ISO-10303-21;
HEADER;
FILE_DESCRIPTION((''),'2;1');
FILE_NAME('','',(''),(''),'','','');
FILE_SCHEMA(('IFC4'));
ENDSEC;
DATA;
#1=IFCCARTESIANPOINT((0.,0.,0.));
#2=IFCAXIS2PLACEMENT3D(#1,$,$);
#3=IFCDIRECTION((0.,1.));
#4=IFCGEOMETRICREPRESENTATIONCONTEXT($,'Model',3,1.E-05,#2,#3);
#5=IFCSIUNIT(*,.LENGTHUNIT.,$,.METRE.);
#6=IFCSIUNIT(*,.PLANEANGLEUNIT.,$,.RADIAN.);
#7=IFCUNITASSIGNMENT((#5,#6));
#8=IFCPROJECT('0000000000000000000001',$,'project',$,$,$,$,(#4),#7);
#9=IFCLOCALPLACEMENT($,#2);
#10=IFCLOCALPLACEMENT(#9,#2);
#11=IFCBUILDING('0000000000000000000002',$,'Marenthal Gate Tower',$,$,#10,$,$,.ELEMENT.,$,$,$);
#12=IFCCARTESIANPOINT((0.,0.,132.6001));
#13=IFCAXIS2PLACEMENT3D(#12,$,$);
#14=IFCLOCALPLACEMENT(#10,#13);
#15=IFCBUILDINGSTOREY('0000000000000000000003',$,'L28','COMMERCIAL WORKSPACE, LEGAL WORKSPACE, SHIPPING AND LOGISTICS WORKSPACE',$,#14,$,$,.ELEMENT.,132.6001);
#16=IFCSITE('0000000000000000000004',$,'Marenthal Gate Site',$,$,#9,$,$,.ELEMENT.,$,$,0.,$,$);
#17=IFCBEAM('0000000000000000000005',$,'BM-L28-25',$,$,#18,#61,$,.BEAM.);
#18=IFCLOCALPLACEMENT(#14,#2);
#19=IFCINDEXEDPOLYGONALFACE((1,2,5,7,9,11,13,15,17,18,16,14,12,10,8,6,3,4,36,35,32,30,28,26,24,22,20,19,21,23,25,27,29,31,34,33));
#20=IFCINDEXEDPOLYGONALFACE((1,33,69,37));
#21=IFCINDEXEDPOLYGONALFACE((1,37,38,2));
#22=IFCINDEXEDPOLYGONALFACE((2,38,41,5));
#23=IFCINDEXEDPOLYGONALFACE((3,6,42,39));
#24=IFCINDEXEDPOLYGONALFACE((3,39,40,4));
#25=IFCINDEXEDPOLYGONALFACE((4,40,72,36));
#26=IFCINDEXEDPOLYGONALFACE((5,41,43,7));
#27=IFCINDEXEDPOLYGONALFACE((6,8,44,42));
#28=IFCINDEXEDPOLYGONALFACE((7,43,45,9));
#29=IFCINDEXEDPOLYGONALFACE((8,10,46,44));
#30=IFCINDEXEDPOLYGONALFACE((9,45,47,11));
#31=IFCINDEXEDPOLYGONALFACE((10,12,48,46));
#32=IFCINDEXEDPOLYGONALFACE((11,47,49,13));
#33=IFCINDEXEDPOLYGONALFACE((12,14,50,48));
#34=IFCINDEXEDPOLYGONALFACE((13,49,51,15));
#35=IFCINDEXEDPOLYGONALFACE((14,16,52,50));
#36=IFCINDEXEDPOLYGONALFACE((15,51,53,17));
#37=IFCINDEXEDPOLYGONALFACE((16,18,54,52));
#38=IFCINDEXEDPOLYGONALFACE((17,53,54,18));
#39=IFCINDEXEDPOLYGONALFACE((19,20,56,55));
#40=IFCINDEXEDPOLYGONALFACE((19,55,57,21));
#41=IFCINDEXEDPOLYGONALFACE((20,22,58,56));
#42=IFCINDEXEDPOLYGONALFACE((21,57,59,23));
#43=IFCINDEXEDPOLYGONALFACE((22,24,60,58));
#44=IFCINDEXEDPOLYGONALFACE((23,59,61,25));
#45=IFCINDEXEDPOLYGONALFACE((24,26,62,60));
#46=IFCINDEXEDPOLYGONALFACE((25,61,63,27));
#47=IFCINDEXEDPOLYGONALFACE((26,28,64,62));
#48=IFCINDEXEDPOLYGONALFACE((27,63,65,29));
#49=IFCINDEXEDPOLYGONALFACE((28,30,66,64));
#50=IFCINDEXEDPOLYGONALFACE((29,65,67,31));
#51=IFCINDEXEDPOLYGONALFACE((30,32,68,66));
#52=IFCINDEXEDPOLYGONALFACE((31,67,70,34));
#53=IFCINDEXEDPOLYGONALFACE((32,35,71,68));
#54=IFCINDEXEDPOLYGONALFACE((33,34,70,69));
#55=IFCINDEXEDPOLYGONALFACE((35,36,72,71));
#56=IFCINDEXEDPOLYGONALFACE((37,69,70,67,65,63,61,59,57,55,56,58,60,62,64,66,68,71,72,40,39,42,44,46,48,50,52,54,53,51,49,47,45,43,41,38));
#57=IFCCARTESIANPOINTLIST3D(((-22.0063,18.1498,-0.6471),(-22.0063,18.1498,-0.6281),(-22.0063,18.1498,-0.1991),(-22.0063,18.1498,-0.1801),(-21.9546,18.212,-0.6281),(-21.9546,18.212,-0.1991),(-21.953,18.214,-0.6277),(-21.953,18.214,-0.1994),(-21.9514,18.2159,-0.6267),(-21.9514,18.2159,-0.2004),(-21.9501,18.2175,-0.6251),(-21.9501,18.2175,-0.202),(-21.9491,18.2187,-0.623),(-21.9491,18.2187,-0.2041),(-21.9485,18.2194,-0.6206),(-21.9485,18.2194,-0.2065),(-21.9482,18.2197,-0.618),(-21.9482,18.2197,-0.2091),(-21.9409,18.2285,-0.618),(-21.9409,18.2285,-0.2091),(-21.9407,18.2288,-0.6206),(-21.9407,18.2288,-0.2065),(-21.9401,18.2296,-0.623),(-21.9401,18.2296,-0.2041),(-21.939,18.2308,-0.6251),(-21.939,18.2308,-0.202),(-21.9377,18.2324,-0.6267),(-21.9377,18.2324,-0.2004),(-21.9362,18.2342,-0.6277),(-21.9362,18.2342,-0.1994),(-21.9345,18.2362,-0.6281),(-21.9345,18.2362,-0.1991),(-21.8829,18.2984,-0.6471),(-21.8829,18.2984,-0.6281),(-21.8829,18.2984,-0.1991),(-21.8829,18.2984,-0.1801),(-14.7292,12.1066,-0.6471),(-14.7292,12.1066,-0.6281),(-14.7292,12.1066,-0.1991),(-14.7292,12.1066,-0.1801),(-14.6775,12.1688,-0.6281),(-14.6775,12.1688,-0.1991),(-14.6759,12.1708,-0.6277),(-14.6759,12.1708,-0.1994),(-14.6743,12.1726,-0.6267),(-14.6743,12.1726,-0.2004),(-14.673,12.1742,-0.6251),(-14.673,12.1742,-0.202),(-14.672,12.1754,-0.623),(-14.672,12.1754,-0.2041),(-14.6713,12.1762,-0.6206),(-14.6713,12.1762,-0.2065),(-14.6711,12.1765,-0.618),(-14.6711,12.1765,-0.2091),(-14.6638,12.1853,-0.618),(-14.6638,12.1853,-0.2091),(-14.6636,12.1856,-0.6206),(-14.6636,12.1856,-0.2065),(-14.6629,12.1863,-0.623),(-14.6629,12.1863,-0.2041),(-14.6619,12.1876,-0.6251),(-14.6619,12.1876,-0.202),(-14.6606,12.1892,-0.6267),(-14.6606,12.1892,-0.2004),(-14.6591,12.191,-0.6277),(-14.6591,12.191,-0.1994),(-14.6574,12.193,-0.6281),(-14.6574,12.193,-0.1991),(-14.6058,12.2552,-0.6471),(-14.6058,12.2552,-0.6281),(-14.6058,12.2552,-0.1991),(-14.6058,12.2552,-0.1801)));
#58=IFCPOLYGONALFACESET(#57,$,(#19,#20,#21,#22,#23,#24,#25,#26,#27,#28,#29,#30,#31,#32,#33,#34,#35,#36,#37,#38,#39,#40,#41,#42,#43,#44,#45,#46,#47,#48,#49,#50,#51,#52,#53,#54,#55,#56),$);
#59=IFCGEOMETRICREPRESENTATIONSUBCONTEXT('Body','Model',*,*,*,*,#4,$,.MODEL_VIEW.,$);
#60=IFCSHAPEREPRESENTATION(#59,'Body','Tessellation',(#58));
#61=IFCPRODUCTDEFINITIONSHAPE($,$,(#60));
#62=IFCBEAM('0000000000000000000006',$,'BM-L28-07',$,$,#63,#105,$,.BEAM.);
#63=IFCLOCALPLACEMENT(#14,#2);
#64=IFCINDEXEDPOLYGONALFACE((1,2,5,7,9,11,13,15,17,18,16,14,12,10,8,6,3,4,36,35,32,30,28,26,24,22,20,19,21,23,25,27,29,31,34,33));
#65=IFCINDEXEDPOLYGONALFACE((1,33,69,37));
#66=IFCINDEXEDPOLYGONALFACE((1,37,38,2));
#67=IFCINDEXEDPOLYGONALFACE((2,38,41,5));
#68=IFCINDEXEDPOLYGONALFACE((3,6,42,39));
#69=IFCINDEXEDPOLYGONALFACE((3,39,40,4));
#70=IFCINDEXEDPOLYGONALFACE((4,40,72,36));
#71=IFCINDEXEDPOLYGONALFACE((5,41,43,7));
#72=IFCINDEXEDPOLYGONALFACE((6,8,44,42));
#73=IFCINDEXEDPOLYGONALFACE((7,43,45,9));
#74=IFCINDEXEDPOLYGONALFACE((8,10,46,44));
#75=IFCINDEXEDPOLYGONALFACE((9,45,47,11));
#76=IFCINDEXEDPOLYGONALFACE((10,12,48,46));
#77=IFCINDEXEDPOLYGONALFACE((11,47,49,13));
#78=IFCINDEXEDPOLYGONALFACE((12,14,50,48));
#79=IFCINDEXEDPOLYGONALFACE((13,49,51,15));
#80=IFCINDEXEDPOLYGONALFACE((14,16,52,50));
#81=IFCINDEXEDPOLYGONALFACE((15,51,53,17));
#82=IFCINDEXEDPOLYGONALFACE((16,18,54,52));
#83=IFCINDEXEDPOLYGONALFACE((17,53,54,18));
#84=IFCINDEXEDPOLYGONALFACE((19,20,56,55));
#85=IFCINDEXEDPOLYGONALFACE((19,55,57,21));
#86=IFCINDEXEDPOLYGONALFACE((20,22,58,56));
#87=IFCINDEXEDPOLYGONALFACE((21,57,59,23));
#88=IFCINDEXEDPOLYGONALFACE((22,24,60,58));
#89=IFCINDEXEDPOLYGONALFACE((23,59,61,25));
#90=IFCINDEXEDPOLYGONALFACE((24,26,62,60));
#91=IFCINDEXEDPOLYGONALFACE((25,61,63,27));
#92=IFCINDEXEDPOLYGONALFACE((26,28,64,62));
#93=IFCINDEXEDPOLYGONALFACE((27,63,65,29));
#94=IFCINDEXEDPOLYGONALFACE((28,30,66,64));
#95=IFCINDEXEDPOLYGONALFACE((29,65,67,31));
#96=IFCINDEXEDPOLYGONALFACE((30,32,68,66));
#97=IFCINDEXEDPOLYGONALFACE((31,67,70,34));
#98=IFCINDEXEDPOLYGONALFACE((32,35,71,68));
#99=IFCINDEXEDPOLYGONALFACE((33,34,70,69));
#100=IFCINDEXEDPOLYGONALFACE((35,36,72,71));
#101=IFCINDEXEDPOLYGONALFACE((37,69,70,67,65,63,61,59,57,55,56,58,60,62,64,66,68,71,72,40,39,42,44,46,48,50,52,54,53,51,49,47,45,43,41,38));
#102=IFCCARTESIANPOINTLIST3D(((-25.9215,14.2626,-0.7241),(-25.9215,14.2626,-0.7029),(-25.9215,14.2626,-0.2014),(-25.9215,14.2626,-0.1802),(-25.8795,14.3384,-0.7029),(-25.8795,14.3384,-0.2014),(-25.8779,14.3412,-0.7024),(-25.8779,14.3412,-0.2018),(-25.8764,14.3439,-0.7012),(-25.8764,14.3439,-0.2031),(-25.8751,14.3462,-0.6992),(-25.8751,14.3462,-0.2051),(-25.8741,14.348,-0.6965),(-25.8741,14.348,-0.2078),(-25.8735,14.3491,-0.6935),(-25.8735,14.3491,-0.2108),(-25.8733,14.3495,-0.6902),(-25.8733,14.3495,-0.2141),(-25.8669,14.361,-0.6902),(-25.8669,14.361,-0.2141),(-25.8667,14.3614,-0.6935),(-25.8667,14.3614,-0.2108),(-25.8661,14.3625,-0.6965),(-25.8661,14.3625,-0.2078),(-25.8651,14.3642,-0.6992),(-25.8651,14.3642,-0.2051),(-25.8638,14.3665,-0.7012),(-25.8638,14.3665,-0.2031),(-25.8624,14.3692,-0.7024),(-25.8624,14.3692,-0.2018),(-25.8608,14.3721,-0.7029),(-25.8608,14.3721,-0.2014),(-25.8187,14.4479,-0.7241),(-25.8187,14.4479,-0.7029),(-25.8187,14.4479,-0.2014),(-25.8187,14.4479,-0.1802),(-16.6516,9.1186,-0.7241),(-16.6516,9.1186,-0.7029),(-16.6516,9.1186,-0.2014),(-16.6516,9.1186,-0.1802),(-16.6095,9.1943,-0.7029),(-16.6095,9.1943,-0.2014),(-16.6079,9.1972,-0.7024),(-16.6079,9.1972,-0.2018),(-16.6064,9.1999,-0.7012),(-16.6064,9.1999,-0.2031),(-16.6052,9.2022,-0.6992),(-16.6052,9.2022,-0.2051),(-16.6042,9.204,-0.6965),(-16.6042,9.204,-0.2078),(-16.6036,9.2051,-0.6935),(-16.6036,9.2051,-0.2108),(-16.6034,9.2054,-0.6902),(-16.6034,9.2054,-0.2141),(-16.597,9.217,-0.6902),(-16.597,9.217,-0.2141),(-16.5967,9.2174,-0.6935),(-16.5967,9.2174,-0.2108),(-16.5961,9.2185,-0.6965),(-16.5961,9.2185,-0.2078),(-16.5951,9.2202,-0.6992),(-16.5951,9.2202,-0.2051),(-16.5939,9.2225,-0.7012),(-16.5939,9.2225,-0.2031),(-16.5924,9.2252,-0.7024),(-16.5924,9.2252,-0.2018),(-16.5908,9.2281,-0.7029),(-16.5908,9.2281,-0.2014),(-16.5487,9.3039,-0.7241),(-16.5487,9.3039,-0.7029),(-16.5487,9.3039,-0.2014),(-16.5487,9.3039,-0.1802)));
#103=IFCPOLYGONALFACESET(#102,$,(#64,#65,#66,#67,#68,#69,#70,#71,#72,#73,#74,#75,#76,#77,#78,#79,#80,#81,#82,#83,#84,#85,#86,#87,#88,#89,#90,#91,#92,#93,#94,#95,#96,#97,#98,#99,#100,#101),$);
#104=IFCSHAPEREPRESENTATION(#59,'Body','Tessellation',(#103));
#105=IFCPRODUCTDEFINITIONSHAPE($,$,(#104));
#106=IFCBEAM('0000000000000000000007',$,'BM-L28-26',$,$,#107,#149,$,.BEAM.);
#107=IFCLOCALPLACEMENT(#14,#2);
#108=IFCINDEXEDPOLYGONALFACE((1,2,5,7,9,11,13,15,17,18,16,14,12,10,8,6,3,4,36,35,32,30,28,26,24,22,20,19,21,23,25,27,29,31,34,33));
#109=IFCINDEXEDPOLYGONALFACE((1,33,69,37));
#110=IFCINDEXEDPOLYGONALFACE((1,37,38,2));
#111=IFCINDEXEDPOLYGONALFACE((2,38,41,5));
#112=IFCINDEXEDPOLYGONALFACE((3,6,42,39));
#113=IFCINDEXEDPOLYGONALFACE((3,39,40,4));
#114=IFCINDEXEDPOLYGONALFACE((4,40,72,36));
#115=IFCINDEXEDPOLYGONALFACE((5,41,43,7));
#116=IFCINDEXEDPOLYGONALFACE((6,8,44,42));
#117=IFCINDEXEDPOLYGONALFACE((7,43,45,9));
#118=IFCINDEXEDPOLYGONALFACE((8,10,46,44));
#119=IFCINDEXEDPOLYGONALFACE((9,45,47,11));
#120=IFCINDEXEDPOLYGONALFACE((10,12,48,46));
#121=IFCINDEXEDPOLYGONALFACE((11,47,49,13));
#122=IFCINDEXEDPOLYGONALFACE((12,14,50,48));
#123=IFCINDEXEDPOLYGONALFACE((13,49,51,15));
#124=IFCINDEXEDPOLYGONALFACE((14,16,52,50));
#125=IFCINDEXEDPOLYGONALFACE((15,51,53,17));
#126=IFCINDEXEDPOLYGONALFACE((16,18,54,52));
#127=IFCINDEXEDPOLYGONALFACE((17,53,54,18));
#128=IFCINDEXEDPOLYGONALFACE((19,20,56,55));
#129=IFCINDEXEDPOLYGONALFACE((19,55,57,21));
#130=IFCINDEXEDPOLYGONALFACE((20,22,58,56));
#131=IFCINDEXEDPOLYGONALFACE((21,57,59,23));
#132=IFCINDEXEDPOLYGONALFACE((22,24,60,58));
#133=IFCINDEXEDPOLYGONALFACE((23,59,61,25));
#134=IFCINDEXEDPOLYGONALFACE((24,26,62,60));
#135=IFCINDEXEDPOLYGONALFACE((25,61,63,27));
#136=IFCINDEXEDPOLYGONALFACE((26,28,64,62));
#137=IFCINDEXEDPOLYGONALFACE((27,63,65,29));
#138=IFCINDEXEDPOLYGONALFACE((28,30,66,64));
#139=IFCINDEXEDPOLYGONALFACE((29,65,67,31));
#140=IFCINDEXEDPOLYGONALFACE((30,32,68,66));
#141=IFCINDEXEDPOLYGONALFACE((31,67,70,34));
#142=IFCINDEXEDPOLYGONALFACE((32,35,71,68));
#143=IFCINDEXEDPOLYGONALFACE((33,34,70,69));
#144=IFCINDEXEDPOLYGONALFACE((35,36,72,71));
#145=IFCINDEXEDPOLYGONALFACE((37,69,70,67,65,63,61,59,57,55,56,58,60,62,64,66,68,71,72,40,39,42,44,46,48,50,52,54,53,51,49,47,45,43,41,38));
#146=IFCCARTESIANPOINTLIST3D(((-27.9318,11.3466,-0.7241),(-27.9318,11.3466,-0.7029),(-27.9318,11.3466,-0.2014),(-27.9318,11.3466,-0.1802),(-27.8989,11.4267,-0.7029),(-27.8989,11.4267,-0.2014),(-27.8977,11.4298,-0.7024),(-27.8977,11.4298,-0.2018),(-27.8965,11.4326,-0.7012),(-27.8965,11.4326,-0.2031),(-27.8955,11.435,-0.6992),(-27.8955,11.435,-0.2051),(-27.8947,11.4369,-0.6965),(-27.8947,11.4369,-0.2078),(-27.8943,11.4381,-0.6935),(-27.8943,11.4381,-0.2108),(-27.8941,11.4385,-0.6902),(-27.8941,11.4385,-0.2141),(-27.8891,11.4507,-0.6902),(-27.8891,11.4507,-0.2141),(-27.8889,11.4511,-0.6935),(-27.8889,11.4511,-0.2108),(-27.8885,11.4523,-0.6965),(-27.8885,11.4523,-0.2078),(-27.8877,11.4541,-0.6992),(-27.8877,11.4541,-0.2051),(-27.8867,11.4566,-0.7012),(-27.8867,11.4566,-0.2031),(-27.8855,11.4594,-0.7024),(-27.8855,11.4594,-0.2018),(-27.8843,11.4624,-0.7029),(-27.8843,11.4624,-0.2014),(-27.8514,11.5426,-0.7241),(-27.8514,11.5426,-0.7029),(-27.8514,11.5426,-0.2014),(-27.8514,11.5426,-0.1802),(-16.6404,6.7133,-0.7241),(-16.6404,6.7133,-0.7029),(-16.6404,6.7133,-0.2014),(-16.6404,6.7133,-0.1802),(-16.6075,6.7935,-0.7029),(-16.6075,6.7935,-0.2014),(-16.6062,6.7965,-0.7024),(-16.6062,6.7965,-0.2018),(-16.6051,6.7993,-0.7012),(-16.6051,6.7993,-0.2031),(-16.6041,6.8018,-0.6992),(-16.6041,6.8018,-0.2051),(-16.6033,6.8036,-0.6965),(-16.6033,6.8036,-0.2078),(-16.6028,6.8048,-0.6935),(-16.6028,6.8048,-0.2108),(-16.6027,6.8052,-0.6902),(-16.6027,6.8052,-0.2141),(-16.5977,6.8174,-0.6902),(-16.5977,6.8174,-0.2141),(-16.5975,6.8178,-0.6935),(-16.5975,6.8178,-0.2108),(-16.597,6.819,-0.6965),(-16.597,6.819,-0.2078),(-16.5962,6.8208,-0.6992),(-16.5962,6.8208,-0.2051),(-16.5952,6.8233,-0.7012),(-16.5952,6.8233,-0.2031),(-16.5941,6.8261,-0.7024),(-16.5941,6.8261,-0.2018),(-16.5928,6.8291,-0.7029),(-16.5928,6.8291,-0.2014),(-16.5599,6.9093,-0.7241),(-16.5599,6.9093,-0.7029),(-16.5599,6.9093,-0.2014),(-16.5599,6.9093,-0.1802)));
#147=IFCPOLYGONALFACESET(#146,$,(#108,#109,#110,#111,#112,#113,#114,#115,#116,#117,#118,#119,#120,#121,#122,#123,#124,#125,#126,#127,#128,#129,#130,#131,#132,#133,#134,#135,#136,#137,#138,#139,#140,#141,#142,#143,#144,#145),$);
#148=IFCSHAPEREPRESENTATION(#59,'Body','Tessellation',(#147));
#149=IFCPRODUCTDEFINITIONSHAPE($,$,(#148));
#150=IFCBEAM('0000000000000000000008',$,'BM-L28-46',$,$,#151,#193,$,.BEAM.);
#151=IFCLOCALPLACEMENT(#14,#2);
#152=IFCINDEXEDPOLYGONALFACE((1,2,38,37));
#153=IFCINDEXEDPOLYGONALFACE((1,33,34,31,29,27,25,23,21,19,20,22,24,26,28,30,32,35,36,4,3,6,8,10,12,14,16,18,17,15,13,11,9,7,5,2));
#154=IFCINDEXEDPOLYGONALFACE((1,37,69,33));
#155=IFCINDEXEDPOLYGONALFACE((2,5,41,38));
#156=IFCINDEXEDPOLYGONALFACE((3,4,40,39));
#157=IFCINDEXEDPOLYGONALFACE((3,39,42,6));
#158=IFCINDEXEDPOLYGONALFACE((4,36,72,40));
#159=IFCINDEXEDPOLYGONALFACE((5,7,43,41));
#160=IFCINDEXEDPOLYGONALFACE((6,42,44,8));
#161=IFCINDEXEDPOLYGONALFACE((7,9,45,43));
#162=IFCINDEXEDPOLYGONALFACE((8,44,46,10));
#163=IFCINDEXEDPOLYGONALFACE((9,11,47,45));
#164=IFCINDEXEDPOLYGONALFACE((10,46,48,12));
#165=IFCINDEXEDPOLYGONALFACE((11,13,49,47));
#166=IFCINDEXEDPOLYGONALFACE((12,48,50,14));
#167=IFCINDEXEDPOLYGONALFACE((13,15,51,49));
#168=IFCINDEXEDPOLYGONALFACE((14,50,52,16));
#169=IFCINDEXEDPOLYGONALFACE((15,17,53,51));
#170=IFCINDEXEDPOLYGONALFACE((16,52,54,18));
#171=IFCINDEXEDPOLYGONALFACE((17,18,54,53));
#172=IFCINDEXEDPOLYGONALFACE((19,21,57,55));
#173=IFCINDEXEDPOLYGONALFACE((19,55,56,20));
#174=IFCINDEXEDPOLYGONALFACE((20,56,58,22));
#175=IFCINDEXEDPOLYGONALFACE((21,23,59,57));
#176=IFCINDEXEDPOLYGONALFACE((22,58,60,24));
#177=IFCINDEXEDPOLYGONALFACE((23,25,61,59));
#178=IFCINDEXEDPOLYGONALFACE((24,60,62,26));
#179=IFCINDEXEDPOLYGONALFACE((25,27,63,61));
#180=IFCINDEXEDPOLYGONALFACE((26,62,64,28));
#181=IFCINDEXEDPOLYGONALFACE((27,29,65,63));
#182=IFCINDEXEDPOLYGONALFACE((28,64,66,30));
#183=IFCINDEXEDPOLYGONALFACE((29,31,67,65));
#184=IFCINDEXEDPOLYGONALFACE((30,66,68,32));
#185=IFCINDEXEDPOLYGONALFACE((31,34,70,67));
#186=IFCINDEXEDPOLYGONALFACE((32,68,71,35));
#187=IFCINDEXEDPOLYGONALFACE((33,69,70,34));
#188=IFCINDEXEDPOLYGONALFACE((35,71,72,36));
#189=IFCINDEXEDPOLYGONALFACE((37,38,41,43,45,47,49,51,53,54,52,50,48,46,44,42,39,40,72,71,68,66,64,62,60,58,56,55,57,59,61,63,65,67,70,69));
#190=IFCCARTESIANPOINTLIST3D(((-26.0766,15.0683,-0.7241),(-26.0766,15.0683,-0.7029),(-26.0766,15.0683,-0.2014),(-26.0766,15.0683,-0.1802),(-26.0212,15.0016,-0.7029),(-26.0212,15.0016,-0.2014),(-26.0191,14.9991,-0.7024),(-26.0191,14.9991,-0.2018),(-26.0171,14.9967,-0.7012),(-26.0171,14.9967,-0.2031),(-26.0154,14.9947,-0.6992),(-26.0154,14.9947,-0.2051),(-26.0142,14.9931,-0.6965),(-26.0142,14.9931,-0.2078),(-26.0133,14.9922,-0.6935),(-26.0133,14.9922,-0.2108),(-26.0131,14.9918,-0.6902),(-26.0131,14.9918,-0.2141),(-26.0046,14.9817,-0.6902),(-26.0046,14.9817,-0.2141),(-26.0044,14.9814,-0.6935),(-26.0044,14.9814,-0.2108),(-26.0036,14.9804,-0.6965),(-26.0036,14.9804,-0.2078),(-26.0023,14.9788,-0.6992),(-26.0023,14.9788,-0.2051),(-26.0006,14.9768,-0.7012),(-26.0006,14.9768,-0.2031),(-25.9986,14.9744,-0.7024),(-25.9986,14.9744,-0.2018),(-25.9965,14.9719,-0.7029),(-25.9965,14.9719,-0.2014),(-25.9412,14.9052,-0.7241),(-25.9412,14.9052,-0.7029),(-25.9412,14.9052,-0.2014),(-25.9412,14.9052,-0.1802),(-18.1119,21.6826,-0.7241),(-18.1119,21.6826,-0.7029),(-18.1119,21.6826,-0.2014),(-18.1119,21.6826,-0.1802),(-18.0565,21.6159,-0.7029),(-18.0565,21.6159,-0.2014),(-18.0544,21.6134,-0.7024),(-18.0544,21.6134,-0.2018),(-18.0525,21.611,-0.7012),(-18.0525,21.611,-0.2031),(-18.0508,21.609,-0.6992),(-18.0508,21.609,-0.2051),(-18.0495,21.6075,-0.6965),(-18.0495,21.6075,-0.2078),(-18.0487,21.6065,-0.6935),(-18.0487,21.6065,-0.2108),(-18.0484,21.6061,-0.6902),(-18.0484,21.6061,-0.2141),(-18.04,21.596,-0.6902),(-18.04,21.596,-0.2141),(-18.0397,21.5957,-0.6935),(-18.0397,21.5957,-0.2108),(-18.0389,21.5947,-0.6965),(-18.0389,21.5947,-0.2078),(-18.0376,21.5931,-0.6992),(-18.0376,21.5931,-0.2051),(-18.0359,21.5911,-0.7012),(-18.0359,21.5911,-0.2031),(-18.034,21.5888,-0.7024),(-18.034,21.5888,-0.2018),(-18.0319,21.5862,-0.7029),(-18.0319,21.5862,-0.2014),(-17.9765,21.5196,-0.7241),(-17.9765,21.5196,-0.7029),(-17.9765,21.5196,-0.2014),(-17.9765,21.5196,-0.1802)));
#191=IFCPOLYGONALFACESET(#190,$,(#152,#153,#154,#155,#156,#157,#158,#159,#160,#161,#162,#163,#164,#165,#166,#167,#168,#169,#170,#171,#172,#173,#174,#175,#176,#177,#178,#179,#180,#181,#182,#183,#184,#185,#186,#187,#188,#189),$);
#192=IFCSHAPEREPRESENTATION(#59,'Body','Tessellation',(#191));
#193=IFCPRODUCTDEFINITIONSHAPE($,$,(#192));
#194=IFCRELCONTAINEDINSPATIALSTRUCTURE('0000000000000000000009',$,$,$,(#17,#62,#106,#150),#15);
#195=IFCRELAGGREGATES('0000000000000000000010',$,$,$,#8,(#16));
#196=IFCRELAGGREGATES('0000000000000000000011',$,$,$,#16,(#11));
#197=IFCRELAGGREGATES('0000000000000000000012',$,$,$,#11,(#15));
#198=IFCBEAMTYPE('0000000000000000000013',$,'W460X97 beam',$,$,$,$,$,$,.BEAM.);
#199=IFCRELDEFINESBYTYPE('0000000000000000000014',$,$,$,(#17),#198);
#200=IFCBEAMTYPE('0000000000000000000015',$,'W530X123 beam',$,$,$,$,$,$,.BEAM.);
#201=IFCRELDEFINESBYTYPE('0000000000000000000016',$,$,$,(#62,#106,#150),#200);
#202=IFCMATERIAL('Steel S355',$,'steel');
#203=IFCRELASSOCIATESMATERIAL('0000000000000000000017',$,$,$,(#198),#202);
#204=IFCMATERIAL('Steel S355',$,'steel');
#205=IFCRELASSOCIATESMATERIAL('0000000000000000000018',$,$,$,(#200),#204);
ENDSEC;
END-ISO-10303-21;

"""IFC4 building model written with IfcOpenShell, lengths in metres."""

from ifc_helpers import new_model, si_unit, direction, frame, origin, origin_2d, place, context, subcontext, project, spatial, i_section, extrude, material, material_profile, profile_set, type_object, element, save


model = new_model("IFC4")

# Units and contexts
model_context = context("Model", 3, precision=1e-05, world=origin(), true_north=direction((0.0, 1.0)))
body_context = subcontext(model_context, "Body", "Model", "MODEL_VIEW")
ifc_project = project(units=[si_unit("LENGTHUNIT", "METRE"), si_unit("PLANEANGLEUNIT", "RADIAN")], contexts=[model_context])

# Site, building, storey
site_placement = place(None, origin())
site = spatial("IfcSite", under=ifc_project, at=site_placement, Name="Marenthal Gate Site", CompositionType="ELEMENT", RefElevation=0.0)
building_placement = place(site_placement, origin())
building = spatial("IfcBuilding", under=site, at=building_placement, Name="Marenthal Gate Tower", CompositionType="ELEMENT")
storey_placement = place(building_placement, frame((0.0, 0.0, 132.6001)))
storey = spatial("IfcBuildingStorey", under=building, at=storey_placement, Name="L28", Description="COMMERCIAL WORKSPACE, LEGAL WORKSPACE, SHIPPING AND LOGISTICS WORKSPACE", CompositionType="ELEMENT", Elevation=132.6001)

# Beams
ifc_material_1 = material(Name="Steel S355", Category="steel")
ifc_material_profile_1 = material_profile(ifc_material_1, i_section(OverallWidth=0.1931, OverallDepth=0.467, WebThickness=0.0115, FlangeThickness=0.019, FilletRadius=0.01, at=origin_2d()), Name="W460X97")
ifc_profile_set_1 = profile_set([ifc_material_profile_1], Name="Steel S355")
beam_type_1 = type_object("IfcBeamType", Name="W460X97 beam", PredefinedType="BEAM", material=ifc_profile_set_1)
beam_1_placement = place(storey_placement, frame((-21.9446, 18.2241, -0.4136), z_axis=(0.769314, -0.638871, 0.0), x_axis=(0.638871, 0.769314, 0.0)))
element("IfcBeam", 1, at=beam_1_placement, inside=storey, type_object=beam_type_1, Name="BM-L28-25", PredefinedType="BEAM", context=body_context, shape_type="SweptSolid", body=[
    extrude(i_section(OverallWidth=0.1931, OverallDepth=0.467, WebThickness=0.0115, FlangeThickness=0.019, FilletRadius=0.01, at=origin_2d()), origin(), (0.0, 0.0, 1.0), 9.4592),
])
ifc_material_2 = material(Name="Steel S355", Category="steel")
ifc_material_profile_2 = material_profile(ifc_material_2, i_section(OverallWidth=0.2119, OverallDepth=0.5439, WebThickness=0.0132, FlangeThickness=0.0212, FilletRadius=0.0127, at=origin_2d()), Name="W530X123")
ifc_profile_set_2 = profile_set([ifc_material_profile_2], Name="Steel S355")
beam_type_2 = type_object("IfcBeamType", Name="W530X123 beam", PredefinedType="BEAM", material=ifc_profile_set_2)
beam_2_placement = place(storey_placement, frame((-25.8701, 14.3552, -0.4521), z_axis=(0.874396, -0.485213, 0.0), x_axis=(0.485213, 0.874396, 0.0)))
element("IfcBeam", 2, at=beam_2_placement, inside=storey, type_object=beam_type_2, Name="BM-L28-07", PredefinedType="BEAM", context=body_context, shape_type="SweptSolid", body=[
    extrude(i_section(OverallWidth=0.2119, OverallDepth=0.5439, WebThickness=0.0132, FlangeThickness=0.0212, FilletRadius=0.0127, at=origin_2d()), origin(), (0.0, 0.0, 1.0), 10.6016),
])
beam_3_placement = place(storey_placement, frame((-27.8916, 11.4446, -0.4521), z_axis=(0.925143, -0.379619, 0.0), x_axis=(0.379619, 0.925143, 0.0)))
element("IfcBeam", 3, at=beam_3_placement, inside=storey, type_object=beam_type_2, Name="BM-L28-26", PredefinedType="BEAM", context=body_context, shape_type="SweptSolid", body=[
    extrude(i_section(OverallWidth=0.2119, OverallDepth=0.5439, WebThickness=0.0132, FlangeThickness=0.0212, FilletRadius=0.0127, at=origin_2d()), origin(), (0.0, 0.0, 1.0), 12.2051),
])
beam_4_placement = place(storey_placement, frame((-18.0442, 21.6011, -0.4521), z_axis=(-0.769308, -0.638878, 0.0), x_axis=(0.638878, -0.769308, 0.0)))
element("IfcBeam", 4, at=beam_4_placement, inside=storey, type_object=beam_type_2, Name="BM-L28-46", PredefinedType="BEAM", context=body_context, shape_type="SweptSolid", body=[
    extrude(i_section(OverallWidth=0.2119, OverallDepth=0.5439, WebThickness=0.0132, FlangeThickness=0.0212, FilletRadius=0.0127, at=origin_2d()), origin(), (0.0, 0.0, 1.0), 10.353),
])

save(model, "model.ifc")
